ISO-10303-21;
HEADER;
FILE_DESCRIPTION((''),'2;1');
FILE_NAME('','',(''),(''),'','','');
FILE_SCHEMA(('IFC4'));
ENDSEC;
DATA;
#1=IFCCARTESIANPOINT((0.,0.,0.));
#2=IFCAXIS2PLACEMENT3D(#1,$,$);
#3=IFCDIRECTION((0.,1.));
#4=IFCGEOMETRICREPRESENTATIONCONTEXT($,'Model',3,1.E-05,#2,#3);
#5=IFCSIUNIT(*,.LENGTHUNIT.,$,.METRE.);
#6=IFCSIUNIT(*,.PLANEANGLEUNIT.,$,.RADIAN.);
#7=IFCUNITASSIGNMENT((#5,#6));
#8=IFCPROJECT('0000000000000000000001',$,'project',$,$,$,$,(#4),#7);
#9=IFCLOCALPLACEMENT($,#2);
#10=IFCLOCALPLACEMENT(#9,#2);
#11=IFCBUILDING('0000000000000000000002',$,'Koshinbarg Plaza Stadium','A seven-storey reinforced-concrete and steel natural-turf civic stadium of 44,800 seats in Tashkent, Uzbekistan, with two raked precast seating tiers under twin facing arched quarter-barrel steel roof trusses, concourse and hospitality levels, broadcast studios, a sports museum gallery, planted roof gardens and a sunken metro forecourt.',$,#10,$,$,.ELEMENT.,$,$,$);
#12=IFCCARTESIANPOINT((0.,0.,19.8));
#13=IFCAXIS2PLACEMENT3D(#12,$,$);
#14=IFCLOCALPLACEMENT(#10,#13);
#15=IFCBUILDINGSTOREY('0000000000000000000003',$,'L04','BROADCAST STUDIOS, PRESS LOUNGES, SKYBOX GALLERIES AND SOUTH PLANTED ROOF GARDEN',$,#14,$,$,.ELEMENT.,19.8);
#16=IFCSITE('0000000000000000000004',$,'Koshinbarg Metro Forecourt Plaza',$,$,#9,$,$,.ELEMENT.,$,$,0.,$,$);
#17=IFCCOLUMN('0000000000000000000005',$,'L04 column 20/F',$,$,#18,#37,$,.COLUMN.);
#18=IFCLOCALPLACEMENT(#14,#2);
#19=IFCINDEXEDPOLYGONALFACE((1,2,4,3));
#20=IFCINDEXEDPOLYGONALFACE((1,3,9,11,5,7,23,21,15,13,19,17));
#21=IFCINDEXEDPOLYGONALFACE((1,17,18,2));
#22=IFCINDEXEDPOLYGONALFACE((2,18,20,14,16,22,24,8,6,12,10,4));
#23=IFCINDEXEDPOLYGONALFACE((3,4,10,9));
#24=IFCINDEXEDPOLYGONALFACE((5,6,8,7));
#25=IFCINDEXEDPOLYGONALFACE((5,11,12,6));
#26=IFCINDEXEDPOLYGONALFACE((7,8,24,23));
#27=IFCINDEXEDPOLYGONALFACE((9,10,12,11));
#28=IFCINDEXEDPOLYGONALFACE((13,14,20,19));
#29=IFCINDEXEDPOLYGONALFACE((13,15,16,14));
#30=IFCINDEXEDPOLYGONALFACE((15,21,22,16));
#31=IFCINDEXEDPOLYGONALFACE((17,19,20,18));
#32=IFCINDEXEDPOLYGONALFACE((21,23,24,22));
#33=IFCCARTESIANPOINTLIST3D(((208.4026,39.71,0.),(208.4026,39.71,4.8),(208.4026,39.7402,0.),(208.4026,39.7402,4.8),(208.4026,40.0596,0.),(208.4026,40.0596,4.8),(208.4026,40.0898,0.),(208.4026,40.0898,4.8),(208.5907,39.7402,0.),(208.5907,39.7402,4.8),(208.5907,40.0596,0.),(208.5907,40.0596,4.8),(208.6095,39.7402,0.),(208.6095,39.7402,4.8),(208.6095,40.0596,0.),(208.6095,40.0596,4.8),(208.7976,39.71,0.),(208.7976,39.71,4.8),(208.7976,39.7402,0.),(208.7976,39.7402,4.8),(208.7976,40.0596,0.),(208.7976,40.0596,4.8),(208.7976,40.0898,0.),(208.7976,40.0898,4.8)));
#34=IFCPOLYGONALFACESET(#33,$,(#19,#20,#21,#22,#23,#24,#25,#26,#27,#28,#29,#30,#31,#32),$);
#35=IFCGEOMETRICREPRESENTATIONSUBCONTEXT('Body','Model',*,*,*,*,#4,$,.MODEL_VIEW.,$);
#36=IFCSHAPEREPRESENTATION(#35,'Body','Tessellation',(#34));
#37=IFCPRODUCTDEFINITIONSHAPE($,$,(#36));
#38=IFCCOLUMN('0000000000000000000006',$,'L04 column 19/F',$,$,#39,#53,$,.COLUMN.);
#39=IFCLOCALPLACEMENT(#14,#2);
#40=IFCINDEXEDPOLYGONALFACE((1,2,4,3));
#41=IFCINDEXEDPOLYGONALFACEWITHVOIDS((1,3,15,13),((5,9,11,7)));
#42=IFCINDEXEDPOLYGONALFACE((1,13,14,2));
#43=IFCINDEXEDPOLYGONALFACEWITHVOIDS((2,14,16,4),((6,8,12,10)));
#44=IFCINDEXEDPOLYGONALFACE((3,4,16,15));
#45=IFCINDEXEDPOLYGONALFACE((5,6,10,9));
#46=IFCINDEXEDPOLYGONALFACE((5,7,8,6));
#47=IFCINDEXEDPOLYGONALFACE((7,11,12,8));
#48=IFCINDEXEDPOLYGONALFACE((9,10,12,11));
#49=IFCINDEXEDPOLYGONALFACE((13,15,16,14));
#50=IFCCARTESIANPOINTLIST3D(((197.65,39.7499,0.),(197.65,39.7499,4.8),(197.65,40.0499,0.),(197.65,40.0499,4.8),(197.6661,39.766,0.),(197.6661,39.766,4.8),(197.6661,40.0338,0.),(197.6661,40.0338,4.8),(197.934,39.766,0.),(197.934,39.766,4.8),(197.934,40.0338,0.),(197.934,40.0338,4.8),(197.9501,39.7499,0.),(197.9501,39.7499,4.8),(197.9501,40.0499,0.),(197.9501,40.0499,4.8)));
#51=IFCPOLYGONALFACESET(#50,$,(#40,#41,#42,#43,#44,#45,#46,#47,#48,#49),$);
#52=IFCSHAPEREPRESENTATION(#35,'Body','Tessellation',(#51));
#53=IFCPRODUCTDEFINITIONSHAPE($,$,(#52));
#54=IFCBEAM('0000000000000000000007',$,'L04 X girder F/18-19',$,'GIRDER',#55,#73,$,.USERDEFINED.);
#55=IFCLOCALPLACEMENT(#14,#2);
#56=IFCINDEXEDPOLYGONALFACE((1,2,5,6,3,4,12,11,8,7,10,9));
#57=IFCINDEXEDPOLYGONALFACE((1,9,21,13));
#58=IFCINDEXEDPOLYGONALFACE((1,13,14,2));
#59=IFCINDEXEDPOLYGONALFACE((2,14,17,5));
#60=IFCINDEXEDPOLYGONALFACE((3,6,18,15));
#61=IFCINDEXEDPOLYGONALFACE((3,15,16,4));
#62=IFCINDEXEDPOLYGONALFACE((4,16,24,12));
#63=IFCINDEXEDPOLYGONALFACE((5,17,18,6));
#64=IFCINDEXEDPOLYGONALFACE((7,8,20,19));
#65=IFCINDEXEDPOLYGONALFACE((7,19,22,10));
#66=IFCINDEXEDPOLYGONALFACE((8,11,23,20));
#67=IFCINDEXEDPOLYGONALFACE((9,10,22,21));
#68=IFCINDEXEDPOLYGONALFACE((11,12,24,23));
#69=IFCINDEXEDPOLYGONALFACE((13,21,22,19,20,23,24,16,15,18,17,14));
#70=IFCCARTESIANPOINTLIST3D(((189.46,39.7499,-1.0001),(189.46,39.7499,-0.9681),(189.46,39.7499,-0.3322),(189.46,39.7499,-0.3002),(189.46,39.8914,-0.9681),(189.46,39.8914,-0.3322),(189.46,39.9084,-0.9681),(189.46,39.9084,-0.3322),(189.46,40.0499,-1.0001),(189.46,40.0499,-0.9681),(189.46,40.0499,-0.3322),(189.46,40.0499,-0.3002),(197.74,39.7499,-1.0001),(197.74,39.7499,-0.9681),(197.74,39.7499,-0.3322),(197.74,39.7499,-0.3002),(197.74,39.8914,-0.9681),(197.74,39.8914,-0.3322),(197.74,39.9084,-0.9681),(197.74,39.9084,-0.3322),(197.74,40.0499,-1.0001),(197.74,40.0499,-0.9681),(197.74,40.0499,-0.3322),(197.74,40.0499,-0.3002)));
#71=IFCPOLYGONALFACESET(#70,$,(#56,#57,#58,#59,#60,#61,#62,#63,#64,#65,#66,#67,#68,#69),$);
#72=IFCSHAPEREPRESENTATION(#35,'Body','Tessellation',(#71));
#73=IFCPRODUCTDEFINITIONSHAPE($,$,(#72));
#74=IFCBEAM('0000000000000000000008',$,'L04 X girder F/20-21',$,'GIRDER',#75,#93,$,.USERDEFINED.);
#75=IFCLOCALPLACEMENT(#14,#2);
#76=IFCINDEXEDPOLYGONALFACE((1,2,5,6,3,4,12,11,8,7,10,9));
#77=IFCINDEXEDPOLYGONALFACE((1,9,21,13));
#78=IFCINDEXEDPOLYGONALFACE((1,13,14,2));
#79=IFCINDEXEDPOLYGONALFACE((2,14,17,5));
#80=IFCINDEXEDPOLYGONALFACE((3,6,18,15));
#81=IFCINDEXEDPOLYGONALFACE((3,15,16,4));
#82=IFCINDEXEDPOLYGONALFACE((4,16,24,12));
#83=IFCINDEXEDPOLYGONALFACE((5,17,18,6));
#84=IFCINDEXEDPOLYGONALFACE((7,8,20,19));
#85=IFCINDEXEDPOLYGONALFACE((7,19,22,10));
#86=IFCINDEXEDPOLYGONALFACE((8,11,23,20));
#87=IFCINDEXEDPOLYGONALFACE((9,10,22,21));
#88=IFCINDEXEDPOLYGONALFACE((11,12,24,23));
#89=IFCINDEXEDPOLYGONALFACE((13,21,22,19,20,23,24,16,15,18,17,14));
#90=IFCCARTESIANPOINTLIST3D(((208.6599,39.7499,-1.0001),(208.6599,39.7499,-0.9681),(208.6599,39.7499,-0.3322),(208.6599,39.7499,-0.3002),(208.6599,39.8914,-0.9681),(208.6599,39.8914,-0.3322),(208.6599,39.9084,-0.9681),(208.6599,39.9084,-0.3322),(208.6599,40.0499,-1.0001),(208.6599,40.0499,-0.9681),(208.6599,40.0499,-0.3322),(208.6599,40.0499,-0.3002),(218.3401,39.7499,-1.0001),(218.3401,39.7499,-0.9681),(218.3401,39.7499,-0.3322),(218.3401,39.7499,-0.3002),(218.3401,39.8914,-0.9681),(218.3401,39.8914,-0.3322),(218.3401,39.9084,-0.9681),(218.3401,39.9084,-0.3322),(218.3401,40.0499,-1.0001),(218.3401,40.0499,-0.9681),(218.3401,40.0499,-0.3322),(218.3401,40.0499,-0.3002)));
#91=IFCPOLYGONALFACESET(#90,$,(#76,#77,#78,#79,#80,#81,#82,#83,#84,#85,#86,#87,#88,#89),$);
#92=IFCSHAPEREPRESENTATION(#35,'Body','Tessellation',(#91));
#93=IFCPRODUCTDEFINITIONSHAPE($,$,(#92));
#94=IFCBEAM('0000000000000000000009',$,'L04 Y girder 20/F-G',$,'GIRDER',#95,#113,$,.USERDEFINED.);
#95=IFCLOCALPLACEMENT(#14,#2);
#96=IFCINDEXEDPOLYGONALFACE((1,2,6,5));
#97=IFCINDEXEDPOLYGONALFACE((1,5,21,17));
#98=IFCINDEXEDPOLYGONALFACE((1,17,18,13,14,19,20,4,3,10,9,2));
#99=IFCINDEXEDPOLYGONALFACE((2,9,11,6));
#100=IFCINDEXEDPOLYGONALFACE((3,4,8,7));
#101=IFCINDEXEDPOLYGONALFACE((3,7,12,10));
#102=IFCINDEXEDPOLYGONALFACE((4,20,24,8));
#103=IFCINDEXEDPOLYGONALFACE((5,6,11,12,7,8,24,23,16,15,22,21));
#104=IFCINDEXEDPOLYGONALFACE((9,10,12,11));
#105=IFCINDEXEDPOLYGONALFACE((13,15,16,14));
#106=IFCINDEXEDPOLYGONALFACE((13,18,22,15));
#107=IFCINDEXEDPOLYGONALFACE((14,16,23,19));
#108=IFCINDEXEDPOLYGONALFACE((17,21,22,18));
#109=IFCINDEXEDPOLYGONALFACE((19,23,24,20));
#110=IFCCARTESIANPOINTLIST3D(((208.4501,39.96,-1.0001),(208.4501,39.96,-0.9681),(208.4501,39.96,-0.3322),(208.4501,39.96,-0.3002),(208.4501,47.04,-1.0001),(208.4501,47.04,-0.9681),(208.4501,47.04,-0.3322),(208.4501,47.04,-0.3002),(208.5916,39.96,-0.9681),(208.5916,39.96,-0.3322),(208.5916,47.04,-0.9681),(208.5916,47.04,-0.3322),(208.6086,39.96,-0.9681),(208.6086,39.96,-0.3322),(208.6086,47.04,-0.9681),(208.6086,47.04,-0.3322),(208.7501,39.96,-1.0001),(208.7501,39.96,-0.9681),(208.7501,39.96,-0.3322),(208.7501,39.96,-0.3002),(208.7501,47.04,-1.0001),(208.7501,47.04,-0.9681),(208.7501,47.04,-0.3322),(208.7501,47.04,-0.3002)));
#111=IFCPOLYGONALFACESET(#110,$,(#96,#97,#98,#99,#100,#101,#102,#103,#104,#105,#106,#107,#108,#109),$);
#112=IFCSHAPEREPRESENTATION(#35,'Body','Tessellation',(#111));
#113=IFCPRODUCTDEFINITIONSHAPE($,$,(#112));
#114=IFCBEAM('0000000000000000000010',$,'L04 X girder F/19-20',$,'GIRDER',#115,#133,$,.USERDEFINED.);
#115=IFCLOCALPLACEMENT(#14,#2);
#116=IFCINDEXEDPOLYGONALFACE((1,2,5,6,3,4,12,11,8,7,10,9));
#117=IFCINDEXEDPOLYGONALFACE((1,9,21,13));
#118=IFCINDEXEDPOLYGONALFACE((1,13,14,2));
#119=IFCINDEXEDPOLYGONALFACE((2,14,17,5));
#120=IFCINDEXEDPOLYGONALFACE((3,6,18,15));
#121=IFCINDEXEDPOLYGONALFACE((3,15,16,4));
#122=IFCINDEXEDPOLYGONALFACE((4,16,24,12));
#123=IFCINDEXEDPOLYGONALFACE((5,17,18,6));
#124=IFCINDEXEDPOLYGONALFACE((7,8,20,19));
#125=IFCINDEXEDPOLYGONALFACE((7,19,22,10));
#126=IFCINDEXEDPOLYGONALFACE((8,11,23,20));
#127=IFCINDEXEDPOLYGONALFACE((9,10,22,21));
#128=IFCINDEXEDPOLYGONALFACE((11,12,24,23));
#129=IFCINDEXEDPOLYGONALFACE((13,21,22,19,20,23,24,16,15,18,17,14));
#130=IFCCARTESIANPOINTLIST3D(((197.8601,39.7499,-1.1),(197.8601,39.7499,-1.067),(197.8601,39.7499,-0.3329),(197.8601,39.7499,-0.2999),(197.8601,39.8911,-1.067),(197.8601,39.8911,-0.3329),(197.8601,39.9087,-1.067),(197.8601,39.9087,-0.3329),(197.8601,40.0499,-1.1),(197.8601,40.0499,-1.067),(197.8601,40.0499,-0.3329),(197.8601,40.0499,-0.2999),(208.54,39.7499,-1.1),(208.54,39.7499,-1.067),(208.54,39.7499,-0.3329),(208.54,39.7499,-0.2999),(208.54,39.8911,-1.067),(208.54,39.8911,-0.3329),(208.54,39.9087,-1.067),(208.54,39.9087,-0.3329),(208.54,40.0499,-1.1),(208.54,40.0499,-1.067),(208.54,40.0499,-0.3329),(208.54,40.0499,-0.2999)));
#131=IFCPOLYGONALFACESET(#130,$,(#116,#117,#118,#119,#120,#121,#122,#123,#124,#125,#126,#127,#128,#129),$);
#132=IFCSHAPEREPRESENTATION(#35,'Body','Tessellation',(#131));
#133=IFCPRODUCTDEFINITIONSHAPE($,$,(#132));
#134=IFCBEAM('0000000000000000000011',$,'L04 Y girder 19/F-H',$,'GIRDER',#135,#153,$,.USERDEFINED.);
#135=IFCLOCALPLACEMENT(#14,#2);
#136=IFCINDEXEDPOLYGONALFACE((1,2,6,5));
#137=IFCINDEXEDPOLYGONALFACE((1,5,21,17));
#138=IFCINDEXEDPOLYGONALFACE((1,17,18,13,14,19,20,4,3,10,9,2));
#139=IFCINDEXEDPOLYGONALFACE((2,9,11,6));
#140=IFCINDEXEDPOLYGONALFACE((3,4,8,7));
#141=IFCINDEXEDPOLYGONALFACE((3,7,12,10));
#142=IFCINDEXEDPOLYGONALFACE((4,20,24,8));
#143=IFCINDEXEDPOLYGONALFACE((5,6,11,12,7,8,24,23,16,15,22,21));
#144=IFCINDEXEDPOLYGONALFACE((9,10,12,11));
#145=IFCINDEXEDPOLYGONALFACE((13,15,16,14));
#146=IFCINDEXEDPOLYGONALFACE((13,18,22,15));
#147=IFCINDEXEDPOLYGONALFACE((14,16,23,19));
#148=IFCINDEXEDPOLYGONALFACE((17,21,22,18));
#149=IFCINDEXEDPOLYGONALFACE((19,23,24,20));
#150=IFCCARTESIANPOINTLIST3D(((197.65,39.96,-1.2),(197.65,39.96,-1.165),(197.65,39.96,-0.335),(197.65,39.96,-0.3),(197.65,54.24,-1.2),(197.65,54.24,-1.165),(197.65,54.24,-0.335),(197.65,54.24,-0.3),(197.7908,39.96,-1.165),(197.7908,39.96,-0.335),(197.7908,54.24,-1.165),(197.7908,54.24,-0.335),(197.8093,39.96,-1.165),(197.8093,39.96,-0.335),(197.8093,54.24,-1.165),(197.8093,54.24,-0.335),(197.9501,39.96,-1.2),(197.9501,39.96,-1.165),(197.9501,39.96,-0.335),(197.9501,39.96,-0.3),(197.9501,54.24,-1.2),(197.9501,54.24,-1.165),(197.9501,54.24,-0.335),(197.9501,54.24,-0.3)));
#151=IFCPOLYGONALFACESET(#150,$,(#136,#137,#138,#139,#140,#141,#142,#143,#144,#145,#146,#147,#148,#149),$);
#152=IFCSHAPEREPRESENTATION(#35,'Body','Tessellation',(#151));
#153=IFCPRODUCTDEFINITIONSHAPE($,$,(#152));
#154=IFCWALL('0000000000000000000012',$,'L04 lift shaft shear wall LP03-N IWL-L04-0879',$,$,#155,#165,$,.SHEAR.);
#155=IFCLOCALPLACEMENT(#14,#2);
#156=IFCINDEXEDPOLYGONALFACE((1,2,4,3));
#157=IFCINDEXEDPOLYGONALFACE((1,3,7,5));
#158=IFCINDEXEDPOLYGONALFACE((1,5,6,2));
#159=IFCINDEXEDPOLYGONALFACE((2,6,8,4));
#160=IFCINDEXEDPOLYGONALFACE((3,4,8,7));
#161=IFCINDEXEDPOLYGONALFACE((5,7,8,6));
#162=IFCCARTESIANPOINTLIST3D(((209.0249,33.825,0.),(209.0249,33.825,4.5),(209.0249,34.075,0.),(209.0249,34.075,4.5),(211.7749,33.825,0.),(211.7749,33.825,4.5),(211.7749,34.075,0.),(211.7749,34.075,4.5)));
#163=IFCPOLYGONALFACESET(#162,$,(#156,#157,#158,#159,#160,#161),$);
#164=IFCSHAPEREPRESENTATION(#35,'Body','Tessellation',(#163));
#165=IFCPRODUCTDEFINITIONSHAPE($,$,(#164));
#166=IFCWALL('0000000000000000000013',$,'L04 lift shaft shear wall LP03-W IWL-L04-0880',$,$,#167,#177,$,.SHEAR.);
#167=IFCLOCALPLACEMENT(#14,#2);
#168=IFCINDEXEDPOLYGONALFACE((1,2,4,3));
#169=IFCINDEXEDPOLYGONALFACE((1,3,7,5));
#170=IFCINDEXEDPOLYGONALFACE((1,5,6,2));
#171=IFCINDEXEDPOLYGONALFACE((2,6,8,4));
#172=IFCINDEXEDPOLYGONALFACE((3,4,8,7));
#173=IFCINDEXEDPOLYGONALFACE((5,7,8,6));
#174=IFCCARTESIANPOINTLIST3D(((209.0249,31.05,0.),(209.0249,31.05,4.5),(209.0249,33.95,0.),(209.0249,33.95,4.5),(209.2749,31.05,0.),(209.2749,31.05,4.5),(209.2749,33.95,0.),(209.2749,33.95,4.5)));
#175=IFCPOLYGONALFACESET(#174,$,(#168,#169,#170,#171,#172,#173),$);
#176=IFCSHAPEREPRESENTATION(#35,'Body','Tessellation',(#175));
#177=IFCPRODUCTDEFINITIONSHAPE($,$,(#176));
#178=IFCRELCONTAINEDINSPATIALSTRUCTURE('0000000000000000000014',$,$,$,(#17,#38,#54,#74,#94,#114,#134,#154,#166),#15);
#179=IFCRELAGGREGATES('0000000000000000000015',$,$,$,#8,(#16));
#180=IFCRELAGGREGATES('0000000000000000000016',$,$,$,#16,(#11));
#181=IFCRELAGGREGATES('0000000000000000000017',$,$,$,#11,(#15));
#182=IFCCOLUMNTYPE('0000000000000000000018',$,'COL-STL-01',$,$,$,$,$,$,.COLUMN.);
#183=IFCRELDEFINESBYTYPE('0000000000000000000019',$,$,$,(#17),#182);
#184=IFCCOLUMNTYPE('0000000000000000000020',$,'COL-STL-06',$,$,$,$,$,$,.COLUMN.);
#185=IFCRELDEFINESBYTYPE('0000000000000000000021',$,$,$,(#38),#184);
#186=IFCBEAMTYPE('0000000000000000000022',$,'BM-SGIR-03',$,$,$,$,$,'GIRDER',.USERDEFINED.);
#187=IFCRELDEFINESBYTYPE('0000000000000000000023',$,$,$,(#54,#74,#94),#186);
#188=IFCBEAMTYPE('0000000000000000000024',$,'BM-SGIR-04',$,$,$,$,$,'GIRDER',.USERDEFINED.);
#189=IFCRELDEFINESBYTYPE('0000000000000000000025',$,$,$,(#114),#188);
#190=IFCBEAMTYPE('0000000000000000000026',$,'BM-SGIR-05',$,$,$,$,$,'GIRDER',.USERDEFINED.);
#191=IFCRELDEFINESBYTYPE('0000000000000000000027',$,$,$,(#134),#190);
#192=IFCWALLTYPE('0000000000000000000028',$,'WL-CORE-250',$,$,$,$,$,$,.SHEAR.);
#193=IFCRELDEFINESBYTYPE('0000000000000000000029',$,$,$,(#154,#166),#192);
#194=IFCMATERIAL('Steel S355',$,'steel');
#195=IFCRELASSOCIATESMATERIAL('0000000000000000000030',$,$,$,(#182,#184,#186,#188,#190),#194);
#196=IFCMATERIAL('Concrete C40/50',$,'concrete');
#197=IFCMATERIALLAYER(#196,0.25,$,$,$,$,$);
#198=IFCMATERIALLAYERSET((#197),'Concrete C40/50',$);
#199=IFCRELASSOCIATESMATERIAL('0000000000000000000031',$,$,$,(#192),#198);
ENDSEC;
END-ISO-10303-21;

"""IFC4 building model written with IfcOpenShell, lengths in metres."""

from ifc_helpers import new_model, si_unit, direction, frame, frame_2d, origin, origin_2d, place, context, subcontext, project, spatial, rectangle, hollow_rectangle, i_section, extrude, material, layer, layer_set, material_profile, profile_set, type_object, element, save


model = new_model("IFC4")

# Units and contexts
model_context = context("Model", 3, precision=1e-05, world=origin(), true_north=direction((0.0, 1.0)))
body_context = subcontext(model_context, "Body", "Model", "MODEL_VIEW")
ifc_project = project(units=[si_unit("LENGTHUNIT", "METRE"), si_unit("PLANEANGLEUNIT", "RADIAN")], contexts=[model_context])

# Site, building, storey
site_placement = place(None, origin())
site = spatial("IfcSite", under=ifc_project, at=site_placement, Name="Koshinbarg Metro Forecourt Plaza", CompositionType="ELEMENT", RefElevation=0.0)
building_placement = place(site_placement, origin())
building = spatial("IfcBuilding", under=site, at=building_placement, Name="Koshinbarg Plaza Stadium", Description="A seven-storey reinforced-concrete and steel natural-turf civic stadium of 44,800 seats in Tashkent, Uzbekistan, with two raked precast seating tiers under twin facing arched quarter-barrel steel roof trusses, concourse and hospitality levels, broadcast studios, a sports museum gallery, planted roof gardens and a sunken metro forecourt.", CompositionType="ELEMENT")
storey_placement = place(building_placement, frame((0.0, 0.0, 19.8)))
storey = spatial("IfcBuildingStorey", under=building, at=storey_placement, Name="L04", Description="BROADCAST STUDIOS, PRESS LOUNGES, SKYBOX GALLERIES AND SOUTH PLANTED ROOF GARDEN", CompositionType="ELEMENT", Elevation=19.8)

# Columns
ifc_material_1 = material(Name="Steel S355", Category="steel")
ifc_material_profile_1 = material_profile(ifc_material_1, i_section(OverallWidth=0.395, OverallDepth=0.3799, WebThickness=0.0188, FlangeThickness=0.0303, at=origin_2d()), Name="HD 400x237")
ifc_profile_set_1 = profile_set([ifc_material_profile_1], Name="Steel S355")
column_type_1 = type_object("IfcColumnType", Name="COL-STL-01", PredefinedType="COLUMN", material=ifc_profile_set_1)
column_1_placement = place(storey_placement, frame((208.6001, 39.8999, 0.0), z_axis=(0.0, 0.0, 1.0), x_axis=(1.0, 0.0, 0.0)))
element("IfcColumn", 1, at=column_1_placement, inside=storey, type_object=column_type_1, Name="L04 column 20/F", PredefinedType="COLUMN", context=body_context, shape_type="SweptSolid", body=[
    extrude(i_section(OverallWidth=0.395, OverallDepth=0.3799, WebThickness=0.0188, FlangeThickness=0.0303, at=origin_2d()), origin(), (0.0, 0.0, 1.0), 4.8),
])
ifc_material_profile_2 = material_profile(ifc_material_1, hollow_rectangle(XDim=0.3, YDim=0.3, WallThickness=0.0161, at=origin_2d()), Name="SHS 300x300x16")
ifc_profile_set_2 = profile_set([ifc_material_profile_2], Name="Steel S355")
column_type_2 = type_object("IfcColumnType", Name="COL-STL-06", PredefinedType="COLUMN", material=ifc_profile_set_2)
column_2_placement = place(storey_placement, frame((197.8, 39.8999, 0.0), z_axis=(0.0, 0.0, 1.0), x_axis=(1.0, 0.0, 0.0)))
element("IfcColumn", 2, at=column_2_placement, inside=storey, type_object=column_type_2, Name="L04 column 19/F", PredefinedType="COLUMN", context=body_context, shape_type="SweptSolid", body=[
    extrude(hollow_rectangle(XDim=0.3, YDim=0.3, WallThickness=0.0161, at=origin_2d()), origin(), (0.0, 0.0, 1.0), 4.8),
])

# Beams
ifc_material_profile_3 = material_profile(ifc_material_1, i_section(OverallWidth=0.3, OverallDepth=0.7, WebThickness=0.0171, FlangeThickness=0.032, at=origin_2d()), Name="HEB 700")
ifc_profile_set_3 = profile_set([ifc_material_profile_3], Name="Steel S355")
beam_type_1 = type_object("IfcBeamType", Name="BM-SGIR-03", ElementType="GIRDER", PredefinedType="USERDEFINED", material=ifc_profile_set_3)
beam_1_placement = place(storey_placement, frame((189.46, 39.8999, -0.6501), z_axis=(1.0, 0.0, 0.0), x_axis=(0.0, 1.0, 0.0)))
element("IfcBeam", 3, at=beam_1_placement, inside=storey, type_object=beam_type_1, Name="L04 X girder F/18-19", ObjectType="GIRDER", PredefinedType="USERDEFINED", context=body_context, shape_type="SweptSolid", body=[
    extrude(i_section(OverallWidth=0.3, OverallDepth=0.7, WebThickness=0.0171, FlangeThickness=0.032, at=origin_2d()), origin(), (0.0, 0.0, 1.0), 8.28),
])
beam_2_placement = place(storey_placement, frame((208.6599, 39.8999, -0.6501), z_axis=(1.0, 0.0, 0.0), x_axis=(0.0, 1.0, 0.0)))
element("IfcBeam", 4, at=beam_2_placement, inside=storey, type_object=beam_type_1, Name="L04 X girder F/20-21", ObjectType="GIRDER", PredefinedType="USERDEFINED", context=body_context, shape_type="SweptSolid", body=[
    extrude(i_section(OverallWidth=0.3, OverallDepth=0.7, WebThickness=0.0171, FlangeThickness=0.032, at=origin_2d()), origin(), (0.0, 0.0, 1.0), 9.6802),
])
beam_3_placement = place(storey_placement, frame((208.6001, 39.96, -0.6501), z_axis=(0.0, 1.0, 0.0), x_axis=(-1.0, 0.0, 0.0)))
element("IfcBeam", 5, at=beam_3_placement, inside=storey, type_object=beam_type_1, Name="L04 Y girder 20/F-G", ObjectType="GIRDER", PredefinedType="USERDEFINED", context=body_context, shape_type="SweptSolid", body=[
    extrude(i_section(OverallWidth=0.3, OverallDepth=0.7, WebThickness=0.0171, FlangeThickness=0.032, at=origin_2d()), origin(), (0.0, 0.0, 1.0), 7.0801),
])
ifc_material_profile_4 = material_profile(ifc_material_1, i_section(OverallWidth=0.3, OverallDepth=0.8, WebThickness=0.0176, FlangeThickness=0.033, at=origin_2d()), Name="HEB 800")
ifc_profile_set_4 = profile_set([ifc_material_profile_4], Name="Steel S355")
beam_type_2 = type_object("IfcBeamType", Name="BM-SGIR-04", ElementType="GIRDER", PredefinedType="USERDEFINED", material=ifc_profile_set_4)
beam_4_placement = place(storey_placement, frame((197.8601, 39.8999, -0.7), z_axis=(1.0, 0.0, 0.0), x_axis=(0.0, 1.0, 0.0)))
element("IfcBeam", 6, at=beam_4_placement, inside=storey, type_object=beam_type_2, Name="L04 X girder F/19-20", ObjectType="GIRDER", PredefinedType="USERDEFINED", context=body_context, shape_type="SweptSolid", body=[
    extrude(i_section(OverallWidth=0.3, OverallDepth=0.8, WebThickness=0.0176, FlangeThickness=0.033, at=origin_2d()), origin(), (0.0, 0.0, 1.0), 10.6799),
])
ifc_material_profile_5 = material_profile(ifc_material_1, i_section(OverallWidth=0.3, OverallDepth=0.8999, WebThickness=0.0186, FlangeThickness=0.0349, at=origin_2d()), Name="HEB 900")
ifc_profile_set_5 = profile_set([ifc_material_profile_5], Name="Steel S355")
beam_type_3 = type_object("IfcBeamType", Name="BM-SGIR-05", ElementType="GIRDER", PredefinedType="USERDEFINED", material=ifc_profile_set_5)
beam_5_placement = place(storey_placement, frame((197.8, 39.96, -0.75), z_axis=(0.0, 1.0, 0.0), x_axis=(-1.0, 0.0, 0.0)))
element("IfcBeam", 7, at=beam_5_placement, inside=storey, type_object=beam_type_3, Name="L04 Y girder 19/F-H", ObjectType="GIRDER", PredefinedType="USERDEFINED", context=body_context, shape_type="SweptSolid", body=[
    extrude(i_section(OverallWidth=0.3, OverallDepth=0.8999, WebThickness=0.0186, FlangeThickness=0.0349, at=origin_2d()), origin(), (0.0, 0.0, 1.0), 14.28),
])

# Shared definitions
ifc_material_2 = material(Name="Concrete C40/50", Category="concrete")
ifc_layer_1 = layer(ifc_material_2, 0.25)
ifc_layer_set_1 = layer_set([ifc_layer_1], Name="Concrete C40/50")
wall_type_1 = type_object("IfcWallType", Name="WL-CORE-250", PredefinedType="SHEAR", material=ifc_layer_set_1)

# Walls
wall_1_placement = place(storey_placement, frame((211.7749, 33.95, 0.0), z_axis=(0.0, 0.0, 1.0), x_axis=(-1.0, 0.0, 0.0)))
element("IfcWall", 8, at=wall_1_placement, inside=storey, type_object=wall_type_1, Name="L04 lift shaft shear wall LP03-N IWL-L04-0879", PredefinedType="SHEAR", context=body_context, shape_type="SweptSolid", body=[
    extrude(rectangle(XDim=2.75, YDim=0.25, at=frame_2d((1.375, 0.0))), origin(), (0.0, 0.0, 1.0), 4.5),
])
for number, where, z_axis, x_axis, name in (
    (9, (209.1499, 33.95, 0.0), (0.0, 0.0, 1.0), (0.0, -1.0, 0.0), "L04 lift shaft shear wall LP03-W IWL-L04-0880"),
):
    element("IfcWall", number, at=place(storey_placement, frame(where, z_axis=z_axis, x_axis=x_axis)), inside=storey, type_object=wall_type_1, Name=name, PredefinedType="SHEAR", context=body_context, shape_type="SweptSolid", body=[
        extrude(rectangle(XDim=2.8999, YDim=0.25, at=frame_2d((1.45, 0.0))), origin(), (0.0, 0.0, 1.0), 4.5),
    ])

save(model, "model.ifc")
